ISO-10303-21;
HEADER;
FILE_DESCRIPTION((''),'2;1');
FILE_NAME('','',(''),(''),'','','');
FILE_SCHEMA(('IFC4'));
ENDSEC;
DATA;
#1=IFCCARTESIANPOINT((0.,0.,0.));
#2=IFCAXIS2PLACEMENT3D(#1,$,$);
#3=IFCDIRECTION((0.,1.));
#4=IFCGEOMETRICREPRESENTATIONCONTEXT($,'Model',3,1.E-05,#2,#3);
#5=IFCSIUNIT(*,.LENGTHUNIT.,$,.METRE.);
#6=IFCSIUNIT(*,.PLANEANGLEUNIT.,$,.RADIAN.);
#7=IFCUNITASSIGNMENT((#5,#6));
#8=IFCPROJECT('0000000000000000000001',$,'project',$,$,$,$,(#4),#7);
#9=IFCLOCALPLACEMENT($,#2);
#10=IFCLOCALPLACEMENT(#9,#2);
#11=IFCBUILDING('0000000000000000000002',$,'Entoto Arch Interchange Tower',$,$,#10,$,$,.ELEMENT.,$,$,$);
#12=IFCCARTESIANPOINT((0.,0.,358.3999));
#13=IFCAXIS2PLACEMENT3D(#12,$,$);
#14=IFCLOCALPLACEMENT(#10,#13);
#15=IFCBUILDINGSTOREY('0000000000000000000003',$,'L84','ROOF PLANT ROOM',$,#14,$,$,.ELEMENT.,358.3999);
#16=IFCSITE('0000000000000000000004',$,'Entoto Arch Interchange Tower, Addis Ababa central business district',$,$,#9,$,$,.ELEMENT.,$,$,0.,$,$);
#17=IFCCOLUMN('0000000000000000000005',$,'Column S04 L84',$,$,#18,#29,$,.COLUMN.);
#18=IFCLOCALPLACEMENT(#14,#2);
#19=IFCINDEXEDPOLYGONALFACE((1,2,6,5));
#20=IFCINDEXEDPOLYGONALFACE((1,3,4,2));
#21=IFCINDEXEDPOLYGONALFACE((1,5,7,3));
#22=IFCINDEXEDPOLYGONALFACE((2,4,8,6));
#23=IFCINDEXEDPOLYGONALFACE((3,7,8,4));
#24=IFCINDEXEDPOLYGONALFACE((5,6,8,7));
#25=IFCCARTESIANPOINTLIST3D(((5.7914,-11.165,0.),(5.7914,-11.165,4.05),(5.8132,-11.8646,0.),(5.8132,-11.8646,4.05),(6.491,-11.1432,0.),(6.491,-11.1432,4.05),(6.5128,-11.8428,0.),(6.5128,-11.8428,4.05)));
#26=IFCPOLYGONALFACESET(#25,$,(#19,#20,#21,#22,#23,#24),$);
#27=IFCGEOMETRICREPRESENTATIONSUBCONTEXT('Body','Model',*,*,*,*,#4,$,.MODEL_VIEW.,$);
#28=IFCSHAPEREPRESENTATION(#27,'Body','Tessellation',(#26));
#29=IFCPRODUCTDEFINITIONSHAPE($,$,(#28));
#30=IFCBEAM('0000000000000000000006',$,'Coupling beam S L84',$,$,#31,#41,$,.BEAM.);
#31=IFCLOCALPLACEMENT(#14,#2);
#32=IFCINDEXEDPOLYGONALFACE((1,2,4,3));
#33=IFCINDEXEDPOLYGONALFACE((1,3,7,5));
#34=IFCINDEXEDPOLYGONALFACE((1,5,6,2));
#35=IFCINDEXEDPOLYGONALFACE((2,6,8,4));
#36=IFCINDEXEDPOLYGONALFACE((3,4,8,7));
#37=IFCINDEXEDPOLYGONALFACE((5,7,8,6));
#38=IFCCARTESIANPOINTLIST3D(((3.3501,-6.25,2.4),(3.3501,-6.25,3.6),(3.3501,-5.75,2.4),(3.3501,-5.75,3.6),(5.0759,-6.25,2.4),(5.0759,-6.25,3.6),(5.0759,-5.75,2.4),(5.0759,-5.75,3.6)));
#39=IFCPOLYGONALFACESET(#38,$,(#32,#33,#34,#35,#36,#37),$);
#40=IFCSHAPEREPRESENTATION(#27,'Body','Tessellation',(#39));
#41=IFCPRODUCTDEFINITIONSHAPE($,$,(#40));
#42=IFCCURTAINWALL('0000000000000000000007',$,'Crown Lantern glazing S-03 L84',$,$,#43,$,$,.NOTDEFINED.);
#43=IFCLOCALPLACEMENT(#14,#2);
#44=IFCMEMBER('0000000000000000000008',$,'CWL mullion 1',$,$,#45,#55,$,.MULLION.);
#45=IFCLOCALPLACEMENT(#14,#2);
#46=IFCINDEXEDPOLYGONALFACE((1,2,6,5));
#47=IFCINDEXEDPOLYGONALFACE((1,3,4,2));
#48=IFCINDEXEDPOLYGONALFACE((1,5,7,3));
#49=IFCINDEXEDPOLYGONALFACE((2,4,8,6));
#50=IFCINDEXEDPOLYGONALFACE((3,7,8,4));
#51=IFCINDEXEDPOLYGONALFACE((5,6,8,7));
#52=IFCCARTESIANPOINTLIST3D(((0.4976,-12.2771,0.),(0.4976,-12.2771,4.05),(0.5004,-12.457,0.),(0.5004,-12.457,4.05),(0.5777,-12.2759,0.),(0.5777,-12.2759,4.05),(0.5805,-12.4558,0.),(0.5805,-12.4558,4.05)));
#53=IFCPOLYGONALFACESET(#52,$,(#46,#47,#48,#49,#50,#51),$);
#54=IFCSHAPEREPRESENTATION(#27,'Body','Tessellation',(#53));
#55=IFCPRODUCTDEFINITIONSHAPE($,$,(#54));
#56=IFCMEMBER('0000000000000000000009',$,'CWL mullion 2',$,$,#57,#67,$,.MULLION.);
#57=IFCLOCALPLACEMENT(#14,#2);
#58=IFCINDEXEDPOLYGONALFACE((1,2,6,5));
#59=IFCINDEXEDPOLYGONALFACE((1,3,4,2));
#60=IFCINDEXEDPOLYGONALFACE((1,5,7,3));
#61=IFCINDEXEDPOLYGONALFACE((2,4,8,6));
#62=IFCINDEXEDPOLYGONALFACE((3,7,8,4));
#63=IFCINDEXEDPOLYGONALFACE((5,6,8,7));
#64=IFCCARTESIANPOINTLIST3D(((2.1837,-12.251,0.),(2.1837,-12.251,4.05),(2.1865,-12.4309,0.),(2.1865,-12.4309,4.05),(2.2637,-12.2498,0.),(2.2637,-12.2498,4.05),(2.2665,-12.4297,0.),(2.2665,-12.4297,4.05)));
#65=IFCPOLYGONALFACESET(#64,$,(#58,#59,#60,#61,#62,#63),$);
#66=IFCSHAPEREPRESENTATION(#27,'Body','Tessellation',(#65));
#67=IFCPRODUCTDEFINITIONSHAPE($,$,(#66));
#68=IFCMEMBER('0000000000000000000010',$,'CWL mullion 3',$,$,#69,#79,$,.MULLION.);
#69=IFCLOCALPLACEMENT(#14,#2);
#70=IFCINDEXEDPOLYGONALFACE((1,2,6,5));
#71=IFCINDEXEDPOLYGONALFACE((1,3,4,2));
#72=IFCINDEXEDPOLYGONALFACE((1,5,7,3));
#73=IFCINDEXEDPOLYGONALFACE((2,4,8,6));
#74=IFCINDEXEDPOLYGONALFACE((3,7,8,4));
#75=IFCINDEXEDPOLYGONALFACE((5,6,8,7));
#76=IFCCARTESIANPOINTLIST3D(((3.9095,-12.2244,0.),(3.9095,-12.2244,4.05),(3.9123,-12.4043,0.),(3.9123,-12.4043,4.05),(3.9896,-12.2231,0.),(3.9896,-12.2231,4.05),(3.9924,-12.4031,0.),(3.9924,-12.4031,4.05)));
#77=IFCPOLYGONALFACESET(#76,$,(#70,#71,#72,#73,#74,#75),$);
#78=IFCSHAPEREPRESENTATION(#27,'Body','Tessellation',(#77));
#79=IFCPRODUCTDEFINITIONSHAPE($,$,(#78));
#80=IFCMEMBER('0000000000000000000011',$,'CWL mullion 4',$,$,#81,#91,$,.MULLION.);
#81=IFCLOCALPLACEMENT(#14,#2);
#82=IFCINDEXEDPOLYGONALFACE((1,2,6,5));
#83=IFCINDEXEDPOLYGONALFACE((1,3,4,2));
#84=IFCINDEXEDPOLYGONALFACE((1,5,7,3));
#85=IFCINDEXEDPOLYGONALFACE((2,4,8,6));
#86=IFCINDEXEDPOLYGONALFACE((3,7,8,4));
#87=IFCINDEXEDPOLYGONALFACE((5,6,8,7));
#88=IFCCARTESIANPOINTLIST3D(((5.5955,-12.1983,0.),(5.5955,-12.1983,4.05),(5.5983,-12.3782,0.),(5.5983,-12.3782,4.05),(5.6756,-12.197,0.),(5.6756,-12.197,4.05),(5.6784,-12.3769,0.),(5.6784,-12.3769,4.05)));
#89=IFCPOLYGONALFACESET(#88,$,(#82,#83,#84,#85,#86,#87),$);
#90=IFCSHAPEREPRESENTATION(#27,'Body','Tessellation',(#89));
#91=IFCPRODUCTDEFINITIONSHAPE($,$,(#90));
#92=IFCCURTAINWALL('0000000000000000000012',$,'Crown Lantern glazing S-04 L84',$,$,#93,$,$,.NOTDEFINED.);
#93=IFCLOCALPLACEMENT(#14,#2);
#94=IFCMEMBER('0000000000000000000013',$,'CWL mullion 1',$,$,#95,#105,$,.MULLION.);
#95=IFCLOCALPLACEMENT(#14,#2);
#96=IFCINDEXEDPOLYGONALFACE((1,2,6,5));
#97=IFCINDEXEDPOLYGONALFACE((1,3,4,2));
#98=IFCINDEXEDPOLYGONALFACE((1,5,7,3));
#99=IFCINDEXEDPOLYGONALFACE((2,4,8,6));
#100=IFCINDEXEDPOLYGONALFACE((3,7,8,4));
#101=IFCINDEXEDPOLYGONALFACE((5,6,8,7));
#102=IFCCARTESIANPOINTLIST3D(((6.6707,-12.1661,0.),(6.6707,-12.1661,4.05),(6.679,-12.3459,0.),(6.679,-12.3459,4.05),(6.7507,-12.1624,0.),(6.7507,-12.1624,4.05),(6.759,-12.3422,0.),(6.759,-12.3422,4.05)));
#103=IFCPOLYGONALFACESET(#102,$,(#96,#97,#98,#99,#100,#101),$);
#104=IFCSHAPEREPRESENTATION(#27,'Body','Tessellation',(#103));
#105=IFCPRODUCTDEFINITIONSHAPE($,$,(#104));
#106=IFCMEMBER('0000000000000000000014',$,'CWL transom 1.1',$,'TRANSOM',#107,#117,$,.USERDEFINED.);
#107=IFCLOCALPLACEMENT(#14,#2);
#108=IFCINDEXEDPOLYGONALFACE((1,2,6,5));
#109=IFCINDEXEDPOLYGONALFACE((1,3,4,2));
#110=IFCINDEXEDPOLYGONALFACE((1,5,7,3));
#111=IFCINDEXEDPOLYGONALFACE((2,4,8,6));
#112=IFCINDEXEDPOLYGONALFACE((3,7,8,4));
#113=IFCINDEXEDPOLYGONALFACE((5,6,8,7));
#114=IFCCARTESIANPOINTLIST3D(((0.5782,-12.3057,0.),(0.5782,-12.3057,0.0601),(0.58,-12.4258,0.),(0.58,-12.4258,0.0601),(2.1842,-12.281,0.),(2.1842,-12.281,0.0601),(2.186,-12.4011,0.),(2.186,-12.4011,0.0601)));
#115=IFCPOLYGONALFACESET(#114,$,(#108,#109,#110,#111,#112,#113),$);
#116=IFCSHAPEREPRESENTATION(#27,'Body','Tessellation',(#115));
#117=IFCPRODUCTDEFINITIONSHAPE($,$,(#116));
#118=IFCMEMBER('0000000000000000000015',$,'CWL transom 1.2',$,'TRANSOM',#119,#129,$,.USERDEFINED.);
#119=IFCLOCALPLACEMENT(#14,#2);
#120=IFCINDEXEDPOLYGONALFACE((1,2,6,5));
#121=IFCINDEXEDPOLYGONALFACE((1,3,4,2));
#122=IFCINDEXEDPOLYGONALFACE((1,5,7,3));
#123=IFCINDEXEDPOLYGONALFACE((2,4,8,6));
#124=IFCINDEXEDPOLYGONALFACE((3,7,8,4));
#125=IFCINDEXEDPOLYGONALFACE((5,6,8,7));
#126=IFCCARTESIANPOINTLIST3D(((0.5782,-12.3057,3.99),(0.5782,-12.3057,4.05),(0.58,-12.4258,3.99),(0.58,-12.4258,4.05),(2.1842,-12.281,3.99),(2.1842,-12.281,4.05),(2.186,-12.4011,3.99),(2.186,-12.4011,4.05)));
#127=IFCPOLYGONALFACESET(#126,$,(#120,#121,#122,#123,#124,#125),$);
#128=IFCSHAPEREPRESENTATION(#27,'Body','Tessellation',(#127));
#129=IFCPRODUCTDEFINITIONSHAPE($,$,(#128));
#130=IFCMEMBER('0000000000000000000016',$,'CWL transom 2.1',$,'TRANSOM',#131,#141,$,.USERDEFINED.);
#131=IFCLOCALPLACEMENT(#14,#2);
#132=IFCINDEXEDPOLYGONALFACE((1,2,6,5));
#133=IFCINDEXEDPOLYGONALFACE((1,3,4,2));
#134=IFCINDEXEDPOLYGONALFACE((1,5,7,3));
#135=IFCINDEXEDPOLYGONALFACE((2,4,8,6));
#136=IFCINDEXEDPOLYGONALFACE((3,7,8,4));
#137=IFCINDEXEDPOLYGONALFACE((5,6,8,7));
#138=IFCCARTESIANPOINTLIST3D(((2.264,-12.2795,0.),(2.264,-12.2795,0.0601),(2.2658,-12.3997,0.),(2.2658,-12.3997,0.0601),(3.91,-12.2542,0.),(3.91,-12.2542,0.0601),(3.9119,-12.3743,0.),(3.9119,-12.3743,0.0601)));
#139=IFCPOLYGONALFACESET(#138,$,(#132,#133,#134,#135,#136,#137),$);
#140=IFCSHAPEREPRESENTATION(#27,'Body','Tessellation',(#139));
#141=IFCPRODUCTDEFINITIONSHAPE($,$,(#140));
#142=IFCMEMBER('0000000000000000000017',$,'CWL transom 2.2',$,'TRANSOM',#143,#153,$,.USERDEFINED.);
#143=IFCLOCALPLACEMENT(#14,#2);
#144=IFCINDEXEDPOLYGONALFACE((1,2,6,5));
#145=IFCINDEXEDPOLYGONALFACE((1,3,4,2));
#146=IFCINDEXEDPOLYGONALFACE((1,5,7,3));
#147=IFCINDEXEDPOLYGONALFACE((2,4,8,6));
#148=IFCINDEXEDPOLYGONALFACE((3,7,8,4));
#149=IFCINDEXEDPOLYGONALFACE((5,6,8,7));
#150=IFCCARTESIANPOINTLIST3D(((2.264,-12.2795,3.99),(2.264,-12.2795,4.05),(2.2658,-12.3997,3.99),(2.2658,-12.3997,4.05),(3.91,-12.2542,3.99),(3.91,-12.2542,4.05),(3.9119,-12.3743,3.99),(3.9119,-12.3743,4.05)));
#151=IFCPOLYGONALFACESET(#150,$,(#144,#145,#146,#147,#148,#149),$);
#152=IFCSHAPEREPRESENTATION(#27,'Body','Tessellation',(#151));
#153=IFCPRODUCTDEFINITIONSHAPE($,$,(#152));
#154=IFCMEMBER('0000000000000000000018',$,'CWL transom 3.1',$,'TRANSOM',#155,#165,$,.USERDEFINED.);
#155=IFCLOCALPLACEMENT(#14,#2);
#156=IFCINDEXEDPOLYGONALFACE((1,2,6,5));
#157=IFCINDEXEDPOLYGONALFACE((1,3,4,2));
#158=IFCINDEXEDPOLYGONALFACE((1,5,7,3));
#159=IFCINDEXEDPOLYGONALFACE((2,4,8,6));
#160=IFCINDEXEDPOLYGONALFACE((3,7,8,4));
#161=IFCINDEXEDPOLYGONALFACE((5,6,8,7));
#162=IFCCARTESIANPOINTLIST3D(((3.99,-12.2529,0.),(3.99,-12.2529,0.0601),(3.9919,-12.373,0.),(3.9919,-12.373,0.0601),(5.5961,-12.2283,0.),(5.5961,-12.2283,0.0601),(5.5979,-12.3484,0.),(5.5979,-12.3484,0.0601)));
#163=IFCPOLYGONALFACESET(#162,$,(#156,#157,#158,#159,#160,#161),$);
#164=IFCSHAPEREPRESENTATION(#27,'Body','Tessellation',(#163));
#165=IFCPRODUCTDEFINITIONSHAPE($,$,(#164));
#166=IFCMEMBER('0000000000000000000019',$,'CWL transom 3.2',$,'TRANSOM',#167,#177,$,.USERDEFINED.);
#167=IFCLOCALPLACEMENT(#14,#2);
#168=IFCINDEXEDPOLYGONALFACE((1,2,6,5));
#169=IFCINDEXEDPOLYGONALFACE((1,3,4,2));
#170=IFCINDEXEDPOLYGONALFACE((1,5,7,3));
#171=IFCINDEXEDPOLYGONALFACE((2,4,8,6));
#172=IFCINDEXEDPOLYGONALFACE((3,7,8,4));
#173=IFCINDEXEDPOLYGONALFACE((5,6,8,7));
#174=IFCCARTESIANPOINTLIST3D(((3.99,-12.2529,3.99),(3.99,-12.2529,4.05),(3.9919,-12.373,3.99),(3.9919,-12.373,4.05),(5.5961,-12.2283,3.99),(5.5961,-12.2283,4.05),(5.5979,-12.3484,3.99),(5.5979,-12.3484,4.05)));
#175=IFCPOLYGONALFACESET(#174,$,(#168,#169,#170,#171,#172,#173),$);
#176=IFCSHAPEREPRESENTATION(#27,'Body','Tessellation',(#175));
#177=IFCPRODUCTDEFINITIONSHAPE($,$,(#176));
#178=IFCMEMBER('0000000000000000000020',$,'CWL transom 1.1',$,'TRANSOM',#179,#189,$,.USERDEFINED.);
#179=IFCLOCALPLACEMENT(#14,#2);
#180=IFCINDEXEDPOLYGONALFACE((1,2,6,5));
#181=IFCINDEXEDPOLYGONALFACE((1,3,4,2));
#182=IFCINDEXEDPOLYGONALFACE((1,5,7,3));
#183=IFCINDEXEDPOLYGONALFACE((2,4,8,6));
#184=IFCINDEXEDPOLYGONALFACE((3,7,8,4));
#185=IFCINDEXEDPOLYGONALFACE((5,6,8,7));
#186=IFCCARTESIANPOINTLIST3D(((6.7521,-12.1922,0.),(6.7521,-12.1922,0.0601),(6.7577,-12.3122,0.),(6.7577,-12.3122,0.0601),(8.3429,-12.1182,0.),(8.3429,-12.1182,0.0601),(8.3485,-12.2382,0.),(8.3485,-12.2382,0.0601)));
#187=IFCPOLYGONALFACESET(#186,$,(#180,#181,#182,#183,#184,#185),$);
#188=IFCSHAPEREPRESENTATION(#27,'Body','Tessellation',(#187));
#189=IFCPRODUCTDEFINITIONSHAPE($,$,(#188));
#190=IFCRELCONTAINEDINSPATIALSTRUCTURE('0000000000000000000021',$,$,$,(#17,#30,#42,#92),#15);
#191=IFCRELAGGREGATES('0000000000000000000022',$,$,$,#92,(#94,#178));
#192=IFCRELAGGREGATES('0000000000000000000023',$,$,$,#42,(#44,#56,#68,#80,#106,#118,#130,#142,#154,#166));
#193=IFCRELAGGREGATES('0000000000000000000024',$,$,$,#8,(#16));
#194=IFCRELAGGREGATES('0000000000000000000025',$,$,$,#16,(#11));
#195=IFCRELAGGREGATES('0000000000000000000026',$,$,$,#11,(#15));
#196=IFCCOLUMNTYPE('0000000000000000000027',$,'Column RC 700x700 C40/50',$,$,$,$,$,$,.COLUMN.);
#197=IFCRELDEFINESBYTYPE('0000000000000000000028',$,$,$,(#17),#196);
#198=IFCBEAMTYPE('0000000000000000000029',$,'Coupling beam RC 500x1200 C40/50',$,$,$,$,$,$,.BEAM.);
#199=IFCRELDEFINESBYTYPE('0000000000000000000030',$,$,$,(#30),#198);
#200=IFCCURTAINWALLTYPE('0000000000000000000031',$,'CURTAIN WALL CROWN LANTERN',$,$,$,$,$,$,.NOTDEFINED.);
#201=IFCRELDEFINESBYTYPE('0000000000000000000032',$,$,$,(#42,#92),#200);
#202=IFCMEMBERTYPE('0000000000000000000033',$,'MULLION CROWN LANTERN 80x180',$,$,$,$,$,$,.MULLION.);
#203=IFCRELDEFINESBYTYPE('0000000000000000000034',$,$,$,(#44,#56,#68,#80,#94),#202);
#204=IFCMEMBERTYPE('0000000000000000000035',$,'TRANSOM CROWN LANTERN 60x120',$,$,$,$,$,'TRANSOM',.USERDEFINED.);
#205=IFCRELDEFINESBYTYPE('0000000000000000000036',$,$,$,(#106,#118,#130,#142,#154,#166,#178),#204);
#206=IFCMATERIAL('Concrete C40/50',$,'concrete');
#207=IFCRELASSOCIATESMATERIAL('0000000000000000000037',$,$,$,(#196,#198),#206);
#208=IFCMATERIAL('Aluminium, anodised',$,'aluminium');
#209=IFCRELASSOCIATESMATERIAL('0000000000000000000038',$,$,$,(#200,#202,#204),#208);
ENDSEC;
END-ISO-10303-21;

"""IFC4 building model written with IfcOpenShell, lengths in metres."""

from ifc_helpers import new_model, si_unit, direction, frame, origin, origin_2d, place, context, subcontext, project, spatial, rectangle, extrude, material, material_profile, profile_set, type_object, element, aggregate, save


model = new_model("IFC4")

# Units and contexts
model_context = context("Model", 3, precision=1e-05, world=origin(), true_north=direction((0.0, 1.0)))
body_context = subcontext(model_context, "Body", "Model", "MODEL_VIEW")
ifc_project = project(units=[si_unit("LENGTHUNIT", "METRE"), si_unit("PLANEANGLEUNIT", "RADIAN")], contexts=[model_context])

# Site, building, storey
site_placement = place(None, origin())
site = spatial("IfcSite", under=ifc_project, at=site_placement, Name="Entoto Arch Interchange Tower, Addis Ababa central business district", CompositionType="ELEMENT", RefElevation=0.0)
building_placement = place(site_placement, origin())
building = spatial("IfcBuilding", under=site, at=building_placement, Name="Entoto Arch Interchange Tower", CompositionType="ELEMENT")
storey_placement = place(building_placement, frame((0.0, 0.0, 358.3999)))
storey = spatial("IfcBuildingStorey", under=building, at=storey_placement, Name="L84", Description="ROOF PLANT ROOM", CompositionType="ELEMENT", Elevation=358.3999)

# Column
ifc_material_1 = material(Name="Concrete C40/50", Category="concrete")
ifc_material_profile_1 = material_profile(ifc_material_1, rectangle(XDim=0.7, YDim=0.7, at=origin_2d()))
ifc_profile_set_1 = profile_set([ifc_material_profile_1], Name="Concrete C40/50")
column_type = type_object("IfcColumnType", Name="Column RC 700x700 C40/50", PredefinedType="COLUMN", material=ifc_profile_set_1)
column_placement = place(storey_placement, frame((6.1521, -11.5039, 0.0), z_axis=(0.0, 0.0, 1.0), x_axis=(0.999517, 0.031079, 0.0)))
element("IfcColumn", 1, at=column_placement, inside=storey, type_object=column_type, Name="Column S04 L84", PredefinedType="COLUMN", context=body_context, shape_type="SweptSolid", body=[
    extrude(rectangle(XDim=0.7, YDim=0.7, at=origin_2d()), origin(), (0.0, 0.0, 1.0), 4.05),
])

# Beam
ifc_material_profile_2 = material_profile(ifc_material_1, rectangle(XDim=0.5, YDim=1.2, at=origin_2d()))
ifc_profile_set_2 = profile_set([ifc_material_profile_2], Name="Concrete C40/50")
beam_type = type_object("IfcBeamType", Name="Coupling beam RC 500x1200 C40/50", PredefinedType="BEAM", material=ifc_profile_set_2)
beam_placement = place(storey_placement, frame((3.3501, -6.0, 3.0), z_axis=(1.0, 0.0, 0.0), x_axis=(0.0, 1.0, 0.0)))
element("IfcBeam", 2, at=beam_placement, inside=storey, type_object=beam_type, Name="Coupling beam S L84", PredefinedType="BEAM", context=body_context, shape_type="SweptSolid", body=[
    extrude(rectangle(XDim=0.5, YDim=1.2, at=origin_2d()), origin(), (0.0, 0.0, 1.0), 1.7258),
])

# Curtain wall, members
ifc_material_2 = material(Name="Aluminium, anodised", Category="aluminium")
curtain_wall_type = type_object("IfcCurtainWallType", Name="CURTAIN WALL CROWN LANTERN", PredefinedType="NOTDEFINED", material=ifc_material_2)
curtain_wall_1_placement = place(storey_placement, origin())
curtain_wall_1 = element("IfcCurtainWall", 3, at=curtain_wall_1_placement, inside=storey, type_object=curtain_wall_type, Name="Crown Lantern glazing S-03 L84", PredefinedType="NOTDEFINED")
ifc_material_profile_3 = material_profile(ifc_material_2, rectangle(XDim=0.1799, YDim=0.0801, at=origin_2d()))
ifc_profile_set_3 = profile_set([ifc_material_profile_3], Name="Aluminium, anodised")
member_type_1 = type_object("IfcMemberType", Name="MULLION CROWN LANTERN 80x180", PredefinedType="MULLION", material=ifc_profile_set_3)
member_1_placement = place(storey_placement, frame((0.5391, -12.3665, 0.0), z_axis=(0.0, 0.0, 1.0), x_axis=(-0.015448, 0.999881, 0.0)))
member_1 = element("IfcMember", 4, at=member_1_placement, type_object=member_type_1, Name="CWL mullion 1", PredefinedType="MULLION", context=body_context, shape_type="SweptSolid", body=[
    extrude(rectangle(XDim=0.1799, YDim=0.0801, at=origin_2d()), origin(), (0.0, 0.0, 1.0), 4.05),
])
member_2_placement = place(storey_placement, frame((2.2251, -12.3403, 0.0), z_axis=(0.0, 0.0, 1.0), x_axis=(-0.015448, 0.999881, 0.0)))
member_2 = element("IfcMember", 5, at=member_2_placement, type_object=member_type_1, Name="CWL mullion 2", PredefinedType="MULLION", context=body_context, shape_type="SweptSolid", body=[
    extrude(rectangle(XDim=0.1799, YDim=0.0801, at=origin_2d()), origin(), (0.0, 0.0, 1.0), 4.05),
])
member_3_placement = place(storey_placement, frame((3.9509, -12.3137, 0.0), z_axis=(0.0, 0.0, 1.0), x_axis=(-0.015448, 0.999881, 0.0)))
member_3 = element("IfcMember", 6, at=member_3_placement, type_object=member_type_1, Name="CWL mullion 3", PredefinedType="MULLION", context=body_context, shape_type="SweptSolid", body=[
    extrude(rectangle(XDim=0.1799, YDim=0.0801, at=origin_2d()), origin(), (0.0, 0.0, 1.0), 4.05),
])
member_4_placement = place(storey_placement, frame((5.637, -12.2876, 0.0), z_axis=(0.0, 0.0, 1.0), x_axis=(-0.015448, 0.999881, 0.0)))
member_4 = element("IfcMember", 7, at=member_4_placement, type_object=member_type_1, Name="CWL mullion 4", PredefinedType="MULLION", context=body_context, shape_type="SweptSolid", body=[
    extrude(rectangle(XDim=0.1799, YDim=0.0801, at=origin_2d()), origin(), (0.0, 0.0, 1.0), 4.05),
])

# Curtain wall, member
curtain_wall_2_placement = place(storey_placement, origin())
curtain_wall_2 = element("IfcCurtainWall", 8, at=curtain_wall_2_placement, inside=storey, type_object=curtain_wall_type, Name="Crown Lantern glazing S-04 L84", PredefinedType="NOTDEFINED")
member_5_placement = place(storey_placement, frame((6.7148, -12.2542, 0.0), z_axis=(0.0, 0.0, 1.0), x_axis=(-0.04652, 0.998917, 0.0)))
member_5 = element("IfcMember", 9, at=member_5_placement, type_object=member_type_1, Name="CWL mullion 1", PredefinedType="MULLION", context=body_context, shape_type="SweptSolid", body=[
    extrude(rectangle(XDim=0.1799, YDim=0.0801, at=origin_2d()), origin(), (0.0, 0.0, 1.0), 4.05),
])

# Members
ifc_material_profile_4 = material_profile(ifc_material_2, rectangle(XDim=0.1201, YDim=0.0601, at=origin_2d()))
ifc_profile_set_4 = profile_set([ifc_material_profile_4], Name="Aluminium, anodised")
member_type_2 = type_object("IfcMemberType", Name="TRANSOM CROWN LANTERN 60x120", ElementType="TRANSOM", PredefinedType="USERDEFINED", material=ifc_profile_set_4)
member_6_placement = place(storey_placement, frame((0.5791, -12.3657, 0.03), z_axis=(0.999882, 0.015352, 0.0), x_axis=(-0.015352, 0.999882, 0.0)))
member_6 = element("IfcMember", 10, at=member_6_placement, type_object=member_type_2, Name="CWL transom 1.1", ObjectType="TRANSOM", PredefinedType="USERDEFINED", context=body_context, shape_type="SweptSolid", body=[
    extrude(rectangle(XDim=0.1201, YDim=0.0601, at=origin_2d()), origin(), (0.0, 0.0, 1.0), 1.6062),
])
member_7_placement = place(storey_placement, frame((0.5791, -12.3657, 4.02), z_axis=(0.999882, 0.015352, 0.0), x_axis=(-0.015352, 0.999882, 0.0)))
member_7 = element("IfcMember", 11, at=member_7_placement, type_object=member_type_2, Name="CWL transom 1.2", ObjectType="TRANSOM", PredefinedType="USERDEFINED", context=body_context, shape_type="SweptSolid", body=[
    extrude(rectangle(XDim=0.1201, YDim=0.0601, at=origin_2d()), origin(), (0.0, 0.0, 1.0), 1.6062),
])
member_8_placement = place(storey_placement, frame((2.2649, -12.3396, 0.03), z_axis=(0.999881, 0.015424, 0.0), x_axis=(-0.015424, 0.999881, 0.0)))
member_8 = element("IfcMember", 12, at=member_8_placement, type_object=member_type_2, Name="CWL transom 2.1", ObjectType="TRANSOM", PredefinedType="USERDEFINED", context=body_context, shape_type="SweptSolid", body=[
    extrude(rectangle(XDim=0.1201, YDim=0.0601, at=origin_2d()), origin(), (0.0, 0.0, 1.0), 1.6462),
])
member_9_placement = place(storey_placement, frame((2.2649, -12.3396, 4.02), z_axis=(0.999881, 0.015424, 0.0), x_axis=(-0.015424, 0.999881, 0.0)))
member_9 = element("IfcMember", 13, at=member_9_placement, type_object=member_type_2, Name="CWL transom 2.2", ObjectType="TRANSOM", PredefinedType="USERDEFINED", context=body_context, shape_type="SweptSolid", body=[
    extrude(rectangle(XDim=0.1201, YDim=0.0601, at=origin_2d()), origin(), (0.0, 0.0, 1.0), 1.6462),
])
member_10_placement = place(storey_placement, frame((3.991, -12.313, 0.03), z_axis=(0.999882, 0.015352, 0.0), x_axis=(-0.015352, 0.999882, 0.0)))
member_10 = element("IfcMember", 14, at=member_10_placement, type_object=member_type_2, Name="CWL transom 3.1", ObjectType="TRANSOM", PredefinedType="USERDEFINED", context=body_context, shape_type="SweptSolid", body=[
    extrude(rectangle(XDim=0.1201, YDim=0.0601, at=origin_2d()), origin(), (0.0, 0.0, 1.0), 1.6062),
])
member_11_placement = place(storey_placement, frame((3.991, -12.313, 4.02), z_axis=(0.999882, 0.015352, 0.0), x_axis=(-0.015352, 0.999882, 0.0)))
member_11 = element("IfcMember", 15, at=member_11_placement, type_object=member_type_2, Name="CWL transom 3.2", ObjectType="TRANSOM", PredefinedType="USERDEFINED", context=body_context, shape_type="SweptSolid", body=[
    extrude(rectangle(XDim=0.1201, YDim=0.0601, at=origin_2d()), origin(), (0.0, 0.0, 1.0), 1.6062),
])
member_12_placement = place(storey_placement, frame((6.7549, -12.2522, 0.03), z_axis=(0.998921, 0.046451, 0.0), x_axis=(-0.046451, 0.998921, 0.0)))
member_12 = element("IfcMember", 16, at=member_12_placement, type_object=member_type_2, Name="CWL transom 1.1", ObjectType="TRANSOM", PredefinedType="USERDEFINED", context=body_context, shape_type="SweptSolid", body=[
    extrude(rectangle(XDim=0.1201, YDim=0.0601, at=origin_2d()), origin(), (0.0, 0.0, 1.0), 1.5925),
])
aggregate(curtain_wall_2, [member_5, member_12])

aggregate(curtain_wall_1, [member_1, member_2, member_3, member_4, member_6, member_7, member_8, member_9, member_10, member_11])

save(model, "model.ifc")
